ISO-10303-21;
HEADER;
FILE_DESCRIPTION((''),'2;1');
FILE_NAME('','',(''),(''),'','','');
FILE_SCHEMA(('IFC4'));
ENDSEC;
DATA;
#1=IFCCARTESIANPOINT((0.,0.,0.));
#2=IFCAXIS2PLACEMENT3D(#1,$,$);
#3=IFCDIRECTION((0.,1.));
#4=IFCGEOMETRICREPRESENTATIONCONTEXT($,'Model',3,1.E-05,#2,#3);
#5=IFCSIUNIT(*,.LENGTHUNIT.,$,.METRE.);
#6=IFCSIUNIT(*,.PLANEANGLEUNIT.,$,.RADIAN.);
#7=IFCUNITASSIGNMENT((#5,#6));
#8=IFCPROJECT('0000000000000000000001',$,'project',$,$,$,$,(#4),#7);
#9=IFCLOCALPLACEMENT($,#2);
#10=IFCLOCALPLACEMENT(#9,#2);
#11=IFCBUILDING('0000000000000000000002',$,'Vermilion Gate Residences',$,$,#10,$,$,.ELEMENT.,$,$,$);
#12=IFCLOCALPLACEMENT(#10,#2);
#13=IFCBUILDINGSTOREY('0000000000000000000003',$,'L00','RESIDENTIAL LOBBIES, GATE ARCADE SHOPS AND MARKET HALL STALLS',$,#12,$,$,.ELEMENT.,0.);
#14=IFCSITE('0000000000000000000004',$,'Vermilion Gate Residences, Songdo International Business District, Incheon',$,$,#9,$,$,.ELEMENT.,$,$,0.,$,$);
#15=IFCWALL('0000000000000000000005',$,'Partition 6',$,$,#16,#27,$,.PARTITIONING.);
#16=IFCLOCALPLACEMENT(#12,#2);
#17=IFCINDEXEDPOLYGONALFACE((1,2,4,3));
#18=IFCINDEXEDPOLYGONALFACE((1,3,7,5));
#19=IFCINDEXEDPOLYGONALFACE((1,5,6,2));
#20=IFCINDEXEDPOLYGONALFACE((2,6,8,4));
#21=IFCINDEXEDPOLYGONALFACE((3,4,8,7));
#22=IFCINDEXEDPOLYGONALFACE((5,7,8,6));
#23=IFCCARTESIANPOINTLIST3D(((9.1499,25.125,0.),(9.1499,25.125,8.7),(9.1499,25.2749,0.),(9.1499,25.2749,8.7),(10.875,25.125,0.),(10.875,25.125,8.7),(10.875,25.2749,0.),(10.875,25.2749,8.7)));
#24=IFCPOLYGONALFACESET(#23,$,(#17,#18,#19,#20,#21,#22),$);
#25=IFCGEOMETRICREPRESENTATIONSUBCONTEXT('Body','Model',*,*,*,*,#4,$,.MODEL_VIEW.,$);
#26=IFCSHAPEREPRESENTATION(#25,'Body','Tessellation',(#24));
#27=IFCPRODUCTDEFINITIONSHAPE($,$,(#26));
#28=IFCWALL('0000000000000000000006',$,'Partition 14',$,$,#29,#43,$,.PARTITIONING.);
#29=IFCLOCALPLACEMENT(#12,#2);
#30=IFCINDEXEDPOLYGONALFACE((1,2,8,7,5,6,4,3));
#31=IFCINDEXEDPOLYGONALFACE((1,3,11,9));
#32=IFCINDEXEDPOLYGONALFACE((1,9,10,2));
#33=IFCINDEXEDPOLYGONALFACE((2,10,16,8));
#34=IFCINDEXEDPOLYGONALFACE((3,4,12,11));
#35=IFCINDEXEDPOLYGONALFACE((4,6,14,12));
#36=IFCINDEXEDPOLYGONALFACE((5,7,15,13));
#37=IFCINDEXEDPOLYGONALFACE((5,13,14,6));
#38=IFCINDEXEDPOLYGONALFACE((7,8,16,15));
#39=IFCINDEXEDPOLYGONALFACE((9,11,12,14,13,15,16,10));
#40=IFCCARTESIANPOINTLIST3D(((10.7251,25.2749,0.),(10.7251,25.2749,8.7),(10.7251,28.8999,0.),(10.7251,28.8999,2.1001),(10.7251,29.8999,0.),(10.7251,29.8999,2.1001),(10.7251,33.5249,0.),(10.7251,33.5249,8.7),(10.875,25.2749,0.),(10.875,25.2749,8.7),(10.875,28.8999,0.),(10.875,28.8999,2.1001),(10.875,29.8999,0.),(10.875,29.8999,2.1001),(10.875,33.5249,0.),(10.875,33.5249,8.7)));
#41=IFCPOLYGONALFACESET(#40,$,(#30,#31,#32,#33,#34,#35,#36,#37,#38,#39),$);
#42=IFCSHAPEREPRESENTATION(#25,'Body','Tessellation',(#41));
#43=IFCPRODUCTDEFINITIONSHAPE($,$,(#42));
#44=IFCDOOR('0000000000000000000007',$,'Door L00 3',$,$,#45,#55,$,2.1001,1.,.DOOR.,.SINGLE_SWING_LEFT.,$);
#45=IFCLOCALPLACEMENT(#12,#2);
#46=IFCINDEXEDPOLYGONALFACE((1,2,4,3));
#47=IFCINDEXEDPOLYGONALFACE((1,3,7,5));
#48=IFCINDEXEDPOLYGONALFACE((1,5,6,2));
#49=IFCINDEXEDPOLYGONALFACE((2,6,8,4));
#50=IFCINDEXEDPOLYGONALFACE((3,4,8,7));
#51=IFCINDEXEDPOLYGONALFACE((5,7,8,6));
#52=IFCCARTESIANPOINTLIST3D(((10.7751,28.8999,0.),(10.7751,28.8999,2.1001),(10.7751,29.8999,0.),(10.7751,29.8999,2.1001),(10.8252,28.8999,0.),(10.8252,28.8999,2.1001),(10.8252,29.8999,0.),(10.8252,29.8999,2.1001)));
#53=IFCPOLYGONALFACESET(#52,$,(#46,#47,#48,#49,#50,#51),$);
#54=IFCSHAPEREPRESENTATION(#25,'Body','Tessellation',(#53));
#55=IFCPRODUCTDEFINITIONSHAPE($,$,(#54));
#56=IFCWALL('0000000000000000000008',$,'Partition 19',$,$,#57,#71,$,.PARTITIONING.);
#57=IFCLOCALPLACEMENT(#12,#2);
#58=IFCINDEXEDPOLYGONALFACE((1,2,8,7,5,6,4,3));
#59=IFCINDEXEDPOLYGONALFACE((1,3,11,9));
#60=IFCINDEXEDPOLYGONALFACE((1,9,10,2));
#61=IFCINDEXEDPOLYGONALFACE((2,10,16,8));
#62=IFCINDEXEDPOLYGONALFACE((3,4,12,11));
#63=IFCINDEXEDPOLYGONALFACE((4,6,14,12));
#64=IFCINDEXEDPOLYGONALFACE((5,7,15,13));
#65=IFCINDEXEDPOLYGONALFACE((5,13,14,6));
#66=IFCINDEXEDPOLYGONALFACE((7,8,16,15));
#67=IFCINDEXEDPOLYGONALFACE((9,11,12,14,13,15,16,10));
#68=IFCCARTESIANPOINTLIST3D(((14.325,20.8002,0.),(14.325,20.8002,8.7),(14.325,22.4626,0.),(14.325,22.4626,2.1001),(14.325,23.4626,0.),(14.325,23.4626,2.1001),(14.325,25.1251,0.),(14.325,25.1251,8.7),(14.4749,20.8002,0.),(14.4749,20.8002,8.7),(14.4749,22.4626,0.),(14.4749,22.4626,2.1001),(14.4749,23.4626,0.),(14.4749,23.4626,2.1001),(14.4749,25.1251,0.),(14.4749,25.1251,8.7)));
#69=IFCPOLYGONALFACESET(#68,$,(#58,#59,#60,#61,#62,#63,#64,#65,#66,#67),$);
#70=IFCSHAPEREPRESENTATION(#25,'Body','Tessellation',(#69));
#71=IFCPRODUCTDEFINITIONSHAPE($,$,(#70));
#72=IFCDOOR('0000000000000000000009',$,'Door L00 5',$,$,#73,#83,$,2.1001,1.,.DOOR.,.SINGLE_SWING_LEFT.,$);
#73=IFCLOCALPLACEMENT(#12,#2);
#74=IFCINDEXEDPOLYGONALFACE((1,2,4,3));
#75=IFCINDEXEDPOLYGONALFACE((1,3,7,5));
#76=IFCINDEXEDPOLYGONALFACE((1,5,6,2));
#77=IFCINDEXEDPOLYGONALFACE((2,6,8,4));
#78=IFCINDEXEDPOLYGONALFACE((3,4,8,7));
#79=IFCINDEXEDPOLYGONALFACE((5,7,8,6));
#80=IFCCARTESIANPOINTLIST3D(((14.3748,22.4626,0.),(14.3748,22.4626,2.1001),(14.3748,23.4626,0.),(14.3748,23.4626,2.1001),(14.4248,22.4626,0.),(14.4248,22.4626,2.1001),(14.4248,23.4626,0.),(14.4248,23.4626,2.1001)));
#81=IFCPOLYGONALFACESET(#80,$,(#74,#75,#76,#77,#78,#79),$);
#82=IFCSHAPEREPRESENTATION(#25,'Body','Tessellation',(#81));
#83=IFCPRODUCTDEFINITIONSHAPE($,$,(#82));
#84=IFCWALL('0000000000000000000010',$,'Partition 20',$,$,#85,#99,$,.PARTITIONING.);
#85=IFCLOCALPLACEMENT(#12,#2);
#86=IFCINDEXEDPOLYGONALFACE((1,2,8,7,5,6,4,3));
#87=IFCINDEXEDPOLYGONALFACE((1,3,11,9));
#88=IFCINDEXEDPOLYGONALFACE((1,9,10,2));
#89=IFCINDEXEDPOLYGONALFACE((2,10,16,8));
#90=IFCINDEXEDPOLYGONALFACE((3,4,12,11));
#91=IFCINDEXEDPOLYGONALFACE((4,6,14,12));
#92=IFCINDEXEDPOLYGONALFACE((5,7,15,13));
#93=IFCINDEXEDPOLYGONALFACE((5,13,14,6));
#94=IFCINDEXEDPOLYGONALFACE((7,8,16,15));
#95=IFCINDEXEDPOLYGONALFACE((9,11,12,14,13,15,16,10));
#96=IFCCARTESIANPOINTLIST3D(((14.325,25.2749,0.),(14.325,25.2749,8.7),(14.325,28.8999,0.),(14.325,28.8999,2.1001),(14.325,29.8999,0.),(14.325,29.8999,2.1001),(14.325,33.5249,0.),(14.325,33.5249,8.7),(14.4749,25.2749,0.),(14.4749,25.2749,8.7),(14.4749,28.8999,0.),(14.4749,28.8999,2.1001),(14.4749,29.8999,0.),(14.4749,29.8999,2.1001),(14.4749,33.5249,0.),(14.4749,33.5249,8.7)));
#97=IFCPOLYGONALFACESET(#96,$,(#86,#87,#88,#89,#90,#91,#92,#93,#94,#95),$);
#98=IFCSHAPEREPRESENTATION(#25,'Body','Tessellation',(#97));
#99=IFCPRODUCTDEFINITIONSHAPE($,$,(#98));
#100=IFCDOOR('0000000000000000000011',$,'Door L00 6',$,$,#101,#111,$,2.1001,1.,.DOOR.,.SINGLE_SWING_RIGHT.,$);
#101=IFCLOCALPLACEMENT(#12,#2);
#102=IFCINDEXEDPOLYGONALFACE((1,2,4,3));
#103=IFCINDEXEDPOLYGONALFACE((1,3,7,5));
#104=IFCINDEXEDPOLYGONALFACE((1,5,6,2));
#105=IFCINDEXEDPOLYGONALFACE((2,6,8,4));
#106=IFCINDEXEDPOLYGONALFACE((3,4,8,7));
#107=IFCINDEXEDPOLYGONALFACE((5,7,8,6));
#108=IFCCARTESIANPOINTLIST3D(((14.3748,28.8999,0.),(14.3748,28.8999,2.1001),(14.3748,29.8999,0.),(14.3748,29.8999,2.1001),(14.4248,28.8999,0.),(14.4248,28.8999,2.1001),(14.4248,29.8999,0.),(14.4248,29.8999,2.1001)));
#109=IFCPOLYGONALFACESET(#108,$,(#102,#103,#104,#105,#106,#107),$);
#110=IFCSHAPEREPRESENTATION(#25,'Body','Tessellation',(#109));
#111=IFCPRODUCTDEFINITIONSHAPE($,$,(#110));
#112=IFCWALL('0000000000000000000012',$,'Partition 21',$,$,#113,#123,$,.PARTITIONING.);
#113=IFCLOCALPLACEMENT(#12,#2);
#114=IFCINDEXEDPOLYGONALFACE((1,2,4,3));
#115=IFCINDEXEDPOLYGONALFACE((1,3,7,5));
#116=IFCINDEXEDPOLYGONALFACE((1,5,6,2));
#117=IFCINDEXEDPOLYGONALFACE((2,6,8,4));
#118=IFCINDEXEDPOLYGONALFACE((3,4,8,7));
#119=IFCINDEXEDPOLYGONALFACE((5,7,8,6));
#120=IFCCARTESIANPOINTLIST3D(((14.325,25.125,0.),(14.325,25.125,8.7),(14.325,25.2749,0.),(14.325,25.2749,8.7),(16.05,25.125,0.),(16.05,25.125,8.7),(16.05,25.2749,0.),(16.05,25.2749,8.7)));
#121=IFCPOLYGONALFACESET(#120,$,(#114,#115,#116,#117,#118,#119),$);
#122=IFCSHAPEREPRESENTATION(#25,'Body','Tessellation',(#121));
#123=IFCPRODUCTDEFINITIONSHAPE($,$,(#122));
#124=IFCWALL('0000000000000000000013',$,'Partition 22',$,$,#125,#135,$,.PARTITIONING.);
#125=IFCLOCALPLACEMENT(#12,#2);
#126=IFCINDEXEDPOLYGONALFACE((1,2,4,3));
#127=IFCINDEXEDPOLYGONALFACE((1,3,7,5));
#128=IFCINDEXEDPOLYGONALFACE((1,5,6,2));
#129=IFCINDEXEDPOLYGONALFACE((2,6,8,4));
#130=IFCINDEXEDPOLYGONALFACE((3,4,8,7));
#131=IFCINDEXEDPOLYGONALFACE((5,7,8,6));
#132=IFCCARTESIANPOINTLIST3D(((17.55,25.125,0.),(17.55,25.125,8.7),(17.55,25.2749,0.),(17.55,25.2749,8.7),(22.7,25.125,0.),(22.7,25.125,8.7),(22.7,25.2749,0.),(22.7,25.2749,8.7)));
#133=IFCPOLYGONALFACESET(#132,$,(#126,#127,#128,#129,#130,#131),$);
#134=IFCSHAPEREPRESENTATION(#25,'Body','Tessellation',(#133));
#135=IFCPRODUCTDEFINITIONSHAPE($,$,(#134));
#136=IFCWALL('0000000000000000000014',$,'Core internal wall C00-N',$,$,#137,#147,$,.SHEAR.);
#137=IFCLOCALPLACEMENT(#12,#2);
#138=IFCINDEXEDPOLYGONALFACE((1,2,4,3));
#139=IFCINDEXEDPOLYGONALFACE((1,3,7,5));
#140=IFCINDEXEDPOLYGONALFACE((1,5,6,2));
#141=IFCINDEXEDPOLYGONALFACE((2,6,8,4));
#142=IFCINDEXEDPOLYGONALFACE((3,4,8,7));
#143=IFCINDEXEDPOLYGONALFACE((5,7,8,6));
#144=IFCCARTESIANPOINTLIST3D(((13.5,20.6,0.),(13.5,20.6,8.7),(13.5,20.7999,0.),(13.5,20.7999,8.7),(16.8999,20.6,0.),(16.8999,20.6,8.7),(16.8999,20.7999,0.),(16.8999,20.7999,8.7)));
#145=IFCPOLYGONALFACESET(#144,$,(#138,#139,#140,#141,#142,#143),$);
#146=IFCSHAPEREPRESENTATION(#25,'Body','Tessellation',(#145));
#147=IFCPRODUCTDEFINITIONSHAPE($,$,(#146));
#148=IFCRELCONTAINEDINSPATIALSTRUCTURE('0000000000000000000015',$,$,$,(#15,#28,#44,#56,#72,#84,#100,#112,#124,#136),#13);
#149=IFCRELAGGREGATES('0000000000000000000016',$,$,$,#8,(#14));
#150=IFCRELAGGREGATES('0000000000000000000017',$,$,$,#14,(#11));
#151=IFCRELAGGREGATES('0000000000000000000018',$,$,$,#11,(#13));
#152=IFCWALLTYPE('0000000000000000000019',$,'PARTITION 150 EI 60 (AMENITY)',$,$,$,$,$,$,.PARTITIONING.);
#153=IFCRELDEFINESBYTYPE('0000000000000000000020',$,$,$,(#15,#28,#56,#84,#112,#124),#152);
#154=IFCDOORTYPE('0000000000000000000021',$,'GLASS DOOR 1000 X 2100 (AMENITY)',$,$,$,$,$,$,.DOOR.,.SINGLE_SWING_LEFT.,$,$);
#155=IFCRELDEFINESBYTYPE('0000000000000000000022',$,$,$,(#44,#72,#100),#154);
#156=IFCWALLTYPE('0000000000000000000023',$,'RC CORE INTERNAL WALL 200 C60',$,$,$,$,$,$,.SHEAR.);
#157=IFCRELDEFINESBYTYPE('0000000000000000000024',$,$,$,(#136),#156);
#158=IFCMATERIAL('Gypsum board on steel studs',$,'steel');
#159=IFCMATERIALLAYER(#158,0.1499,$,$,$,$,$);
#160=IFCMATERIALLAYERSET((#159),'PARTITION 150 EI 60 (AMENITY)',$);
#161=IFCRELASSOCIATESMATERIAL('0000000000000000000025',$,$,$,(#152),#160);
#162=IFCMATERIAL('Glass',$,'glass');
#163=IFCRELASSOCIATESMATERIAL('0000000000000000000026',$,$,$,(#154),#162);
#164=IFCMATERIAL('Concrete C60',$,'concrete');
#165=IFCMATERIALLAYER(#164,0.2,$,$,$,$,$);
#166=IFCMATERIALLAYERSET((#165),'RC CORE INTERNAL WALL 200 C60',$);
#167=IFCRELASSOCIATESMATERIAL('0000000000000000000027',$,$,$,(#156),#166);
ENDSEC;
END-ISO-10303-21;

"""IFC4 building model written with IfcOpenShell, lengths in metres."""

from ifc_helpers import new_model, si_unit, direction, frame, frame_2d, origin, place, context, subcontext, project, spatial, rectangle, extrude, material, layer, layer_set, type_object, element, fill, save


model = new_model("IFC4")

# Units and contexts
model_context = context("Model", 3, precision=1e-05, world=origin(), true_north=direction((0.0, 1.0)))
body_context = subcontext(model_context, "Body", "Model", "MODEL_VIEW")
ifc_project = project(units=[si_unit("LENGTHUNIT", "METRE"), si_unit("PLANEANGLEUNIT", "RADIAN")], contexts=[model_context])

# Site, building, storey
site_placement = place(None, origin())
site = spatial("IfcSite", under=ifc_project, at=site_placement, Name="Vermilion Gate Residences, Songdo International Business District, Incheon", CompositionType="ELEMENT", RefElevation=0.0)
building_placement = place(site_placement, origin())
building = spatial("IfcBuilding", under=site, at=building_placement, Name="Vermilion Gate Residences", CompositionType="ELEMENT")
storey_placement = place(building_placement, origin())
storey = spatial("IfcBuildingStorey", under=building, at=storey_placement, Name="L00", Description="RESIDENTIAL LOBBIES, GATE ARCADE SHOPS AND MARKET HALL STALLS", CompositionType="ELEMENT", Elevation=0.0)

# Wall
ifc_material_1 = material(Name="Gypsum board on steel studs", Category="steel")
ifc_layer_1 = layer(ifc_material_1, 0.1499)
ifc_layer_set_1 = layer_set([ifc_layer_1], Name="PARTITION 150 EI 60 (AMENITY)")
wall_type_1 = type_object("IfcWallType", Name="PARTITION 150 EI 60 (AMENITY)", PredefinedType="PARTITIONING", material=ifc_layer_set_1)
wall_1_placement = place(storey_placement, frame((9.1499, 25.2, 0.0), z_axis=(0.0, 0.0, 1.0), x_axis=(1.0, 0.0, 0.0)))
element("IfcWall", 1, at=wall_1_placement, inside=storey, type_object=wall_type_1, Name="Partition 6", PredefinedType="PARTITIONING", context=body_context, shape_type="SweptSolid", body=[
    extrude(rectangle(XDim=1.7251, YDim=0.1499, at=frame_2d((0.8625, 0.0))), origin(), (0.0, 0.0, 1.0), 8.7),
])

# Walls, openings, doors
wall_2_placement = place(storey_placement, frame((10.8, 25.2749, 0.0), z_axis=(0.0, 0.0, 1.0), x_axis=(0.0, 1.0, 0.0)))
wall_2 = element("IfcWall", 2, at=wall_2_placement, inside=storey, type_object=wall_type_1, Name="Partition 14", PredefinedType="PARTITIONING", context=body_context, shape_type="SweptSolid", body=[
    extrude(rectangle(XDim=8.25, YDim=0.1499, at=frame_2d((4.125, 0.0))), origin(), (0.0, 0.0, 1.0), 8.7),
])
opening_1_placement = place(wall_2_placement, frame((3.625, 0.0, 0.0)))
opening_1 = element("IfcOpeningElement", 3, at=opening_1_placement, cuts=wall_2, PredefinedType="OPENING", context=body_context, shape_type="SweptSolid", body=[
    extrude(rectangle(XDim=1.0, YDim=2.1001, at=frame_2d((0.5, 1.05))), frame((0.0, 0.085, 0.0), z_axis=(0.0, -1.0, 0.0), x_axis=(1.0, 0.0, 0.0)), (0.0, 0.0, 1.0), 0.1699),
])
ifc_material_2 = material(Name="Glass", Category="glass")
door_type_1 = type_object("IfcDoorType", Name="GLASS DOOR 1000 X 2100 (AMENITY)", OperationType="SINGLE_SWING_LEFT", PredefinedType="DOOR", material=ifc_material_2)
door_1_placement = place(opening_1_placement, origin())
door_1 = element("IfcDoor", 4, at=door_1_placement, inside=storey, type_object=door_type_1, Name="Door L00 3", OperationType="SINGLE_SWING_LEFT", OverallHeight=2.1001, OverallWidth=1.0, PredefinedType="DOOR", context=body_context, shape_type="SweptSolid", body=[
    extrude(rectangle(XDim=1.0, YDim=2.1001, at=frame_2d((0.5, 1.05))), frame((0.0, 0.0249, 0.0), z_axis=(0.0, -1.0, 0.0), x_axis=(1.0, 0.0, 0.0)), (0.0, 0.0, 1.0), 0.05),
])
fill(opening_1, door_1)
wall_3_placement = place(storey_placement, frame((14.3999, 20.8, 0.0), z_axis=(0.0, 0.0, 1.0), x_axis=(0.0, 1.0, 0.0)))
wall_3 = element("IfcWall", 5, at=wall_3_placement, inside=storey, type_object=wall_type_1, Name="Partition 19", PredefinedType="PARTITIONING", context=body_context, shape_type="SweptSolid", body=[
    extrude(rectangle(XDim=4.325, YDim=0.1499, at=frame_2d((2.1626, 0.0))), origin(), (0.0, 0.0, 1.0), 8.7),
])
opening_2_placement = place(wall_3_placement, frame((1.6626, 0.0, 0.0)))
opening_2 = element("IfcOpeningElement", 6, at=opening_2_placement, cuts=wall_3, PredefinedType="OPENING", context=body_context, shape_type="SweptSolid", body=[
    extrude(rectangle(XDim=1.0, YDim=2.1001, at=frame_2d((0.5, 1.05))), frame((0.0, 0.085, 0.0), z_axis=(0.0, -1.0, 0.0), x_axis=(1.0, 0.0, 0.0)), (0.0, 0.0, 1.0), 0.1699),
])
door_2_placement = place(opening_2_placement, frame((1.0, 0.0, 0.0), z_axis=(0.0, 0.0, 1.0), x_axis=(-1.0, 0.0, 0.0)))
door_2 = element("IfcDoor", 7, at=door_2_placement, inside=storey, type_object=door_type_1, Name="Door L00 5", OperationType="SINGLE_SWING_LEFT", OverallHeight=2.1001, OverallWidth=1.0, PredefinedType="DOOR", context=body_context, shape_type="SweptSolid", body=[
    extrude(rectangle(XDim=1.0, YDim=2.1001, at=frame_2d((0.5, 1.05))), frame((0.0, 0.0249, 0.0), z_axis=(0.0, -1.0, 0.0), x_axis=(1.0, 0.0, 0.0)), (0.0, 0.0, 1.0), 0.05),
])
fill(opening_2, door_2)
wall_4_placement = place(storey_placement, frame((14.3999, 25.2749, 0.0), z_axis=(0.0, 0.0, 1.0), x_axis=(0.0, 1.0, 0.0)))
wall_4 = element("IfcWall", 8, at=wall_4_placement, inside=storey, type_object=wall_type_1, Name="Partition 20", PredefinedType="PARTITIONING", context=body_context, shape_type="SweptSolid", body=[
    extrude(rectangle(XDim=8.25, YDim=0.1499, at=frame_2d((4.125, 0.0))), origin(), (0.0, 0.0, 1.0), 8.7),
])
opening_3_placement = place(wall_4_placement, frame((3.625, 0.0, 0.0)))
opening_3 = element("IfcOpeningElement", 9, at=opening_3_placement, cuts=wall_4, PredefinedType="OPENING", context=body_context, shape_type="SweptSolid", body=[
    extrude(rectangle(XDim=1.0, YDim=2.1001, at=frame_2d((0.5, 1.05))), frame((0.0, 0.085, 0.0), z_axis=(0.0, -1.0, 0.0), x_axis=(1.0, 0.0, 0.0)), (0.0, 0.0, 1.0), 0.1699),
])
door_3_placement = place(opening_3_placement, frame((1.0, 0.0, 0.0), z_axis=(0.0, 0.0, 1.0), x_axis=(-1.0, 0.0, 0.0)))
door_3 = element("IfcDoor", 10, at=door_3_placement, inside=storey, type_object=door_type_1, Name="Door L00 6", OperationType="SINGLE_SWING_RIGHT", OverallHeight=2.1001, OverallWidth=1.0, PredefinedType="DOOR", context=body_context, shape_type="SweptSolid", body=[
    extrude(rectangle(XDim=1.0, YDim=2.1001, at=frame_2d((0.5, 1.05))), frame((0.0, 0.0249, 0.0), z_axis=(0.0, -1.0, 0.0), x_axis=(1.0, 0.0, 0.0)), (0.0, 0.0, 1.0), 0.05),
])
fill(opening_3, door_3)

# Walls
wall_5_placement = place(storey_placement, frame((14.325, 25.2, 0.0), z_axis=(0.0, 0.0, 1.0), x_axis=(1.0, 0.0, 0.0)))
element("IfcWall", 11, at=wall_5_placement, inside=storey, type_object=wall_type_1, Name="Partition 21", PredefinedType="PARTITIONING", context=body_context, shape_type="SweptSolid", body=[
    extrude(rectangle(XDim=1.7251, YDim=0.1499, at=frame_2d((0.8625, 0.0))), origin(), (0.0, 0.0, 1.0), 8.7),
])
wall_6_placement = place(storey_placement, frame((17.55, 25.2, 0.0), z_axis=(0.0, 0.0, 1.0), x_axis=(1.0, 0.0, 0.0)))
element("IfcWall", 12, at=wall_6_placement, inside=storey, type_object=wall_type_1, Name="Partition 22", PredefinedType="PARTITIONING", context=body_context, shape_type="SweptSolid", body=[
    extrude(rectangle(XDim=5.1499, YDim=0.1499, at=frame_2d((2.575, 0.0))), origin(), (0.0, 0.0, 1.0), 8.7),
])
ifc_material_3 = material(Name="Concrete C60", Category="concrete")
ifc_layer_2 = layer(ifc_material_3, 0.2)
ifc_layer_set_2 = layer_set([ifc_layer_2], Name="RC CORE INTERNAL WALL 200 C60")
wall_type_2 = type_object("IfcWallType", Name="RC CORE INTERNAL WALL 200 C60", PredefinedType="SHEAR", material=ifc_layer_set_2)
wall_7_placement = place(storey_placement, frame((13.5, 20.7, 0.0), z_axis=(0.0, 0.0, 1.0), x_axis=(1.0, 0.0, 0.0)))
element("IfcWall", 13, at=wall_7_placement, inside=storey, type_object=wall_type_2, Name="Core internal wall C00-N", PredefinedType="SHEAR", context=body_context, shape_type="SweptSolid", body=[
    extrude(rectangle(XDim=3.3999, YDim=0.2, at=frame_2d((1.7, 0.0))), origin(), (0.0, 0.0, 1.0), 8.7),
])

save(model, "model.ifc")
